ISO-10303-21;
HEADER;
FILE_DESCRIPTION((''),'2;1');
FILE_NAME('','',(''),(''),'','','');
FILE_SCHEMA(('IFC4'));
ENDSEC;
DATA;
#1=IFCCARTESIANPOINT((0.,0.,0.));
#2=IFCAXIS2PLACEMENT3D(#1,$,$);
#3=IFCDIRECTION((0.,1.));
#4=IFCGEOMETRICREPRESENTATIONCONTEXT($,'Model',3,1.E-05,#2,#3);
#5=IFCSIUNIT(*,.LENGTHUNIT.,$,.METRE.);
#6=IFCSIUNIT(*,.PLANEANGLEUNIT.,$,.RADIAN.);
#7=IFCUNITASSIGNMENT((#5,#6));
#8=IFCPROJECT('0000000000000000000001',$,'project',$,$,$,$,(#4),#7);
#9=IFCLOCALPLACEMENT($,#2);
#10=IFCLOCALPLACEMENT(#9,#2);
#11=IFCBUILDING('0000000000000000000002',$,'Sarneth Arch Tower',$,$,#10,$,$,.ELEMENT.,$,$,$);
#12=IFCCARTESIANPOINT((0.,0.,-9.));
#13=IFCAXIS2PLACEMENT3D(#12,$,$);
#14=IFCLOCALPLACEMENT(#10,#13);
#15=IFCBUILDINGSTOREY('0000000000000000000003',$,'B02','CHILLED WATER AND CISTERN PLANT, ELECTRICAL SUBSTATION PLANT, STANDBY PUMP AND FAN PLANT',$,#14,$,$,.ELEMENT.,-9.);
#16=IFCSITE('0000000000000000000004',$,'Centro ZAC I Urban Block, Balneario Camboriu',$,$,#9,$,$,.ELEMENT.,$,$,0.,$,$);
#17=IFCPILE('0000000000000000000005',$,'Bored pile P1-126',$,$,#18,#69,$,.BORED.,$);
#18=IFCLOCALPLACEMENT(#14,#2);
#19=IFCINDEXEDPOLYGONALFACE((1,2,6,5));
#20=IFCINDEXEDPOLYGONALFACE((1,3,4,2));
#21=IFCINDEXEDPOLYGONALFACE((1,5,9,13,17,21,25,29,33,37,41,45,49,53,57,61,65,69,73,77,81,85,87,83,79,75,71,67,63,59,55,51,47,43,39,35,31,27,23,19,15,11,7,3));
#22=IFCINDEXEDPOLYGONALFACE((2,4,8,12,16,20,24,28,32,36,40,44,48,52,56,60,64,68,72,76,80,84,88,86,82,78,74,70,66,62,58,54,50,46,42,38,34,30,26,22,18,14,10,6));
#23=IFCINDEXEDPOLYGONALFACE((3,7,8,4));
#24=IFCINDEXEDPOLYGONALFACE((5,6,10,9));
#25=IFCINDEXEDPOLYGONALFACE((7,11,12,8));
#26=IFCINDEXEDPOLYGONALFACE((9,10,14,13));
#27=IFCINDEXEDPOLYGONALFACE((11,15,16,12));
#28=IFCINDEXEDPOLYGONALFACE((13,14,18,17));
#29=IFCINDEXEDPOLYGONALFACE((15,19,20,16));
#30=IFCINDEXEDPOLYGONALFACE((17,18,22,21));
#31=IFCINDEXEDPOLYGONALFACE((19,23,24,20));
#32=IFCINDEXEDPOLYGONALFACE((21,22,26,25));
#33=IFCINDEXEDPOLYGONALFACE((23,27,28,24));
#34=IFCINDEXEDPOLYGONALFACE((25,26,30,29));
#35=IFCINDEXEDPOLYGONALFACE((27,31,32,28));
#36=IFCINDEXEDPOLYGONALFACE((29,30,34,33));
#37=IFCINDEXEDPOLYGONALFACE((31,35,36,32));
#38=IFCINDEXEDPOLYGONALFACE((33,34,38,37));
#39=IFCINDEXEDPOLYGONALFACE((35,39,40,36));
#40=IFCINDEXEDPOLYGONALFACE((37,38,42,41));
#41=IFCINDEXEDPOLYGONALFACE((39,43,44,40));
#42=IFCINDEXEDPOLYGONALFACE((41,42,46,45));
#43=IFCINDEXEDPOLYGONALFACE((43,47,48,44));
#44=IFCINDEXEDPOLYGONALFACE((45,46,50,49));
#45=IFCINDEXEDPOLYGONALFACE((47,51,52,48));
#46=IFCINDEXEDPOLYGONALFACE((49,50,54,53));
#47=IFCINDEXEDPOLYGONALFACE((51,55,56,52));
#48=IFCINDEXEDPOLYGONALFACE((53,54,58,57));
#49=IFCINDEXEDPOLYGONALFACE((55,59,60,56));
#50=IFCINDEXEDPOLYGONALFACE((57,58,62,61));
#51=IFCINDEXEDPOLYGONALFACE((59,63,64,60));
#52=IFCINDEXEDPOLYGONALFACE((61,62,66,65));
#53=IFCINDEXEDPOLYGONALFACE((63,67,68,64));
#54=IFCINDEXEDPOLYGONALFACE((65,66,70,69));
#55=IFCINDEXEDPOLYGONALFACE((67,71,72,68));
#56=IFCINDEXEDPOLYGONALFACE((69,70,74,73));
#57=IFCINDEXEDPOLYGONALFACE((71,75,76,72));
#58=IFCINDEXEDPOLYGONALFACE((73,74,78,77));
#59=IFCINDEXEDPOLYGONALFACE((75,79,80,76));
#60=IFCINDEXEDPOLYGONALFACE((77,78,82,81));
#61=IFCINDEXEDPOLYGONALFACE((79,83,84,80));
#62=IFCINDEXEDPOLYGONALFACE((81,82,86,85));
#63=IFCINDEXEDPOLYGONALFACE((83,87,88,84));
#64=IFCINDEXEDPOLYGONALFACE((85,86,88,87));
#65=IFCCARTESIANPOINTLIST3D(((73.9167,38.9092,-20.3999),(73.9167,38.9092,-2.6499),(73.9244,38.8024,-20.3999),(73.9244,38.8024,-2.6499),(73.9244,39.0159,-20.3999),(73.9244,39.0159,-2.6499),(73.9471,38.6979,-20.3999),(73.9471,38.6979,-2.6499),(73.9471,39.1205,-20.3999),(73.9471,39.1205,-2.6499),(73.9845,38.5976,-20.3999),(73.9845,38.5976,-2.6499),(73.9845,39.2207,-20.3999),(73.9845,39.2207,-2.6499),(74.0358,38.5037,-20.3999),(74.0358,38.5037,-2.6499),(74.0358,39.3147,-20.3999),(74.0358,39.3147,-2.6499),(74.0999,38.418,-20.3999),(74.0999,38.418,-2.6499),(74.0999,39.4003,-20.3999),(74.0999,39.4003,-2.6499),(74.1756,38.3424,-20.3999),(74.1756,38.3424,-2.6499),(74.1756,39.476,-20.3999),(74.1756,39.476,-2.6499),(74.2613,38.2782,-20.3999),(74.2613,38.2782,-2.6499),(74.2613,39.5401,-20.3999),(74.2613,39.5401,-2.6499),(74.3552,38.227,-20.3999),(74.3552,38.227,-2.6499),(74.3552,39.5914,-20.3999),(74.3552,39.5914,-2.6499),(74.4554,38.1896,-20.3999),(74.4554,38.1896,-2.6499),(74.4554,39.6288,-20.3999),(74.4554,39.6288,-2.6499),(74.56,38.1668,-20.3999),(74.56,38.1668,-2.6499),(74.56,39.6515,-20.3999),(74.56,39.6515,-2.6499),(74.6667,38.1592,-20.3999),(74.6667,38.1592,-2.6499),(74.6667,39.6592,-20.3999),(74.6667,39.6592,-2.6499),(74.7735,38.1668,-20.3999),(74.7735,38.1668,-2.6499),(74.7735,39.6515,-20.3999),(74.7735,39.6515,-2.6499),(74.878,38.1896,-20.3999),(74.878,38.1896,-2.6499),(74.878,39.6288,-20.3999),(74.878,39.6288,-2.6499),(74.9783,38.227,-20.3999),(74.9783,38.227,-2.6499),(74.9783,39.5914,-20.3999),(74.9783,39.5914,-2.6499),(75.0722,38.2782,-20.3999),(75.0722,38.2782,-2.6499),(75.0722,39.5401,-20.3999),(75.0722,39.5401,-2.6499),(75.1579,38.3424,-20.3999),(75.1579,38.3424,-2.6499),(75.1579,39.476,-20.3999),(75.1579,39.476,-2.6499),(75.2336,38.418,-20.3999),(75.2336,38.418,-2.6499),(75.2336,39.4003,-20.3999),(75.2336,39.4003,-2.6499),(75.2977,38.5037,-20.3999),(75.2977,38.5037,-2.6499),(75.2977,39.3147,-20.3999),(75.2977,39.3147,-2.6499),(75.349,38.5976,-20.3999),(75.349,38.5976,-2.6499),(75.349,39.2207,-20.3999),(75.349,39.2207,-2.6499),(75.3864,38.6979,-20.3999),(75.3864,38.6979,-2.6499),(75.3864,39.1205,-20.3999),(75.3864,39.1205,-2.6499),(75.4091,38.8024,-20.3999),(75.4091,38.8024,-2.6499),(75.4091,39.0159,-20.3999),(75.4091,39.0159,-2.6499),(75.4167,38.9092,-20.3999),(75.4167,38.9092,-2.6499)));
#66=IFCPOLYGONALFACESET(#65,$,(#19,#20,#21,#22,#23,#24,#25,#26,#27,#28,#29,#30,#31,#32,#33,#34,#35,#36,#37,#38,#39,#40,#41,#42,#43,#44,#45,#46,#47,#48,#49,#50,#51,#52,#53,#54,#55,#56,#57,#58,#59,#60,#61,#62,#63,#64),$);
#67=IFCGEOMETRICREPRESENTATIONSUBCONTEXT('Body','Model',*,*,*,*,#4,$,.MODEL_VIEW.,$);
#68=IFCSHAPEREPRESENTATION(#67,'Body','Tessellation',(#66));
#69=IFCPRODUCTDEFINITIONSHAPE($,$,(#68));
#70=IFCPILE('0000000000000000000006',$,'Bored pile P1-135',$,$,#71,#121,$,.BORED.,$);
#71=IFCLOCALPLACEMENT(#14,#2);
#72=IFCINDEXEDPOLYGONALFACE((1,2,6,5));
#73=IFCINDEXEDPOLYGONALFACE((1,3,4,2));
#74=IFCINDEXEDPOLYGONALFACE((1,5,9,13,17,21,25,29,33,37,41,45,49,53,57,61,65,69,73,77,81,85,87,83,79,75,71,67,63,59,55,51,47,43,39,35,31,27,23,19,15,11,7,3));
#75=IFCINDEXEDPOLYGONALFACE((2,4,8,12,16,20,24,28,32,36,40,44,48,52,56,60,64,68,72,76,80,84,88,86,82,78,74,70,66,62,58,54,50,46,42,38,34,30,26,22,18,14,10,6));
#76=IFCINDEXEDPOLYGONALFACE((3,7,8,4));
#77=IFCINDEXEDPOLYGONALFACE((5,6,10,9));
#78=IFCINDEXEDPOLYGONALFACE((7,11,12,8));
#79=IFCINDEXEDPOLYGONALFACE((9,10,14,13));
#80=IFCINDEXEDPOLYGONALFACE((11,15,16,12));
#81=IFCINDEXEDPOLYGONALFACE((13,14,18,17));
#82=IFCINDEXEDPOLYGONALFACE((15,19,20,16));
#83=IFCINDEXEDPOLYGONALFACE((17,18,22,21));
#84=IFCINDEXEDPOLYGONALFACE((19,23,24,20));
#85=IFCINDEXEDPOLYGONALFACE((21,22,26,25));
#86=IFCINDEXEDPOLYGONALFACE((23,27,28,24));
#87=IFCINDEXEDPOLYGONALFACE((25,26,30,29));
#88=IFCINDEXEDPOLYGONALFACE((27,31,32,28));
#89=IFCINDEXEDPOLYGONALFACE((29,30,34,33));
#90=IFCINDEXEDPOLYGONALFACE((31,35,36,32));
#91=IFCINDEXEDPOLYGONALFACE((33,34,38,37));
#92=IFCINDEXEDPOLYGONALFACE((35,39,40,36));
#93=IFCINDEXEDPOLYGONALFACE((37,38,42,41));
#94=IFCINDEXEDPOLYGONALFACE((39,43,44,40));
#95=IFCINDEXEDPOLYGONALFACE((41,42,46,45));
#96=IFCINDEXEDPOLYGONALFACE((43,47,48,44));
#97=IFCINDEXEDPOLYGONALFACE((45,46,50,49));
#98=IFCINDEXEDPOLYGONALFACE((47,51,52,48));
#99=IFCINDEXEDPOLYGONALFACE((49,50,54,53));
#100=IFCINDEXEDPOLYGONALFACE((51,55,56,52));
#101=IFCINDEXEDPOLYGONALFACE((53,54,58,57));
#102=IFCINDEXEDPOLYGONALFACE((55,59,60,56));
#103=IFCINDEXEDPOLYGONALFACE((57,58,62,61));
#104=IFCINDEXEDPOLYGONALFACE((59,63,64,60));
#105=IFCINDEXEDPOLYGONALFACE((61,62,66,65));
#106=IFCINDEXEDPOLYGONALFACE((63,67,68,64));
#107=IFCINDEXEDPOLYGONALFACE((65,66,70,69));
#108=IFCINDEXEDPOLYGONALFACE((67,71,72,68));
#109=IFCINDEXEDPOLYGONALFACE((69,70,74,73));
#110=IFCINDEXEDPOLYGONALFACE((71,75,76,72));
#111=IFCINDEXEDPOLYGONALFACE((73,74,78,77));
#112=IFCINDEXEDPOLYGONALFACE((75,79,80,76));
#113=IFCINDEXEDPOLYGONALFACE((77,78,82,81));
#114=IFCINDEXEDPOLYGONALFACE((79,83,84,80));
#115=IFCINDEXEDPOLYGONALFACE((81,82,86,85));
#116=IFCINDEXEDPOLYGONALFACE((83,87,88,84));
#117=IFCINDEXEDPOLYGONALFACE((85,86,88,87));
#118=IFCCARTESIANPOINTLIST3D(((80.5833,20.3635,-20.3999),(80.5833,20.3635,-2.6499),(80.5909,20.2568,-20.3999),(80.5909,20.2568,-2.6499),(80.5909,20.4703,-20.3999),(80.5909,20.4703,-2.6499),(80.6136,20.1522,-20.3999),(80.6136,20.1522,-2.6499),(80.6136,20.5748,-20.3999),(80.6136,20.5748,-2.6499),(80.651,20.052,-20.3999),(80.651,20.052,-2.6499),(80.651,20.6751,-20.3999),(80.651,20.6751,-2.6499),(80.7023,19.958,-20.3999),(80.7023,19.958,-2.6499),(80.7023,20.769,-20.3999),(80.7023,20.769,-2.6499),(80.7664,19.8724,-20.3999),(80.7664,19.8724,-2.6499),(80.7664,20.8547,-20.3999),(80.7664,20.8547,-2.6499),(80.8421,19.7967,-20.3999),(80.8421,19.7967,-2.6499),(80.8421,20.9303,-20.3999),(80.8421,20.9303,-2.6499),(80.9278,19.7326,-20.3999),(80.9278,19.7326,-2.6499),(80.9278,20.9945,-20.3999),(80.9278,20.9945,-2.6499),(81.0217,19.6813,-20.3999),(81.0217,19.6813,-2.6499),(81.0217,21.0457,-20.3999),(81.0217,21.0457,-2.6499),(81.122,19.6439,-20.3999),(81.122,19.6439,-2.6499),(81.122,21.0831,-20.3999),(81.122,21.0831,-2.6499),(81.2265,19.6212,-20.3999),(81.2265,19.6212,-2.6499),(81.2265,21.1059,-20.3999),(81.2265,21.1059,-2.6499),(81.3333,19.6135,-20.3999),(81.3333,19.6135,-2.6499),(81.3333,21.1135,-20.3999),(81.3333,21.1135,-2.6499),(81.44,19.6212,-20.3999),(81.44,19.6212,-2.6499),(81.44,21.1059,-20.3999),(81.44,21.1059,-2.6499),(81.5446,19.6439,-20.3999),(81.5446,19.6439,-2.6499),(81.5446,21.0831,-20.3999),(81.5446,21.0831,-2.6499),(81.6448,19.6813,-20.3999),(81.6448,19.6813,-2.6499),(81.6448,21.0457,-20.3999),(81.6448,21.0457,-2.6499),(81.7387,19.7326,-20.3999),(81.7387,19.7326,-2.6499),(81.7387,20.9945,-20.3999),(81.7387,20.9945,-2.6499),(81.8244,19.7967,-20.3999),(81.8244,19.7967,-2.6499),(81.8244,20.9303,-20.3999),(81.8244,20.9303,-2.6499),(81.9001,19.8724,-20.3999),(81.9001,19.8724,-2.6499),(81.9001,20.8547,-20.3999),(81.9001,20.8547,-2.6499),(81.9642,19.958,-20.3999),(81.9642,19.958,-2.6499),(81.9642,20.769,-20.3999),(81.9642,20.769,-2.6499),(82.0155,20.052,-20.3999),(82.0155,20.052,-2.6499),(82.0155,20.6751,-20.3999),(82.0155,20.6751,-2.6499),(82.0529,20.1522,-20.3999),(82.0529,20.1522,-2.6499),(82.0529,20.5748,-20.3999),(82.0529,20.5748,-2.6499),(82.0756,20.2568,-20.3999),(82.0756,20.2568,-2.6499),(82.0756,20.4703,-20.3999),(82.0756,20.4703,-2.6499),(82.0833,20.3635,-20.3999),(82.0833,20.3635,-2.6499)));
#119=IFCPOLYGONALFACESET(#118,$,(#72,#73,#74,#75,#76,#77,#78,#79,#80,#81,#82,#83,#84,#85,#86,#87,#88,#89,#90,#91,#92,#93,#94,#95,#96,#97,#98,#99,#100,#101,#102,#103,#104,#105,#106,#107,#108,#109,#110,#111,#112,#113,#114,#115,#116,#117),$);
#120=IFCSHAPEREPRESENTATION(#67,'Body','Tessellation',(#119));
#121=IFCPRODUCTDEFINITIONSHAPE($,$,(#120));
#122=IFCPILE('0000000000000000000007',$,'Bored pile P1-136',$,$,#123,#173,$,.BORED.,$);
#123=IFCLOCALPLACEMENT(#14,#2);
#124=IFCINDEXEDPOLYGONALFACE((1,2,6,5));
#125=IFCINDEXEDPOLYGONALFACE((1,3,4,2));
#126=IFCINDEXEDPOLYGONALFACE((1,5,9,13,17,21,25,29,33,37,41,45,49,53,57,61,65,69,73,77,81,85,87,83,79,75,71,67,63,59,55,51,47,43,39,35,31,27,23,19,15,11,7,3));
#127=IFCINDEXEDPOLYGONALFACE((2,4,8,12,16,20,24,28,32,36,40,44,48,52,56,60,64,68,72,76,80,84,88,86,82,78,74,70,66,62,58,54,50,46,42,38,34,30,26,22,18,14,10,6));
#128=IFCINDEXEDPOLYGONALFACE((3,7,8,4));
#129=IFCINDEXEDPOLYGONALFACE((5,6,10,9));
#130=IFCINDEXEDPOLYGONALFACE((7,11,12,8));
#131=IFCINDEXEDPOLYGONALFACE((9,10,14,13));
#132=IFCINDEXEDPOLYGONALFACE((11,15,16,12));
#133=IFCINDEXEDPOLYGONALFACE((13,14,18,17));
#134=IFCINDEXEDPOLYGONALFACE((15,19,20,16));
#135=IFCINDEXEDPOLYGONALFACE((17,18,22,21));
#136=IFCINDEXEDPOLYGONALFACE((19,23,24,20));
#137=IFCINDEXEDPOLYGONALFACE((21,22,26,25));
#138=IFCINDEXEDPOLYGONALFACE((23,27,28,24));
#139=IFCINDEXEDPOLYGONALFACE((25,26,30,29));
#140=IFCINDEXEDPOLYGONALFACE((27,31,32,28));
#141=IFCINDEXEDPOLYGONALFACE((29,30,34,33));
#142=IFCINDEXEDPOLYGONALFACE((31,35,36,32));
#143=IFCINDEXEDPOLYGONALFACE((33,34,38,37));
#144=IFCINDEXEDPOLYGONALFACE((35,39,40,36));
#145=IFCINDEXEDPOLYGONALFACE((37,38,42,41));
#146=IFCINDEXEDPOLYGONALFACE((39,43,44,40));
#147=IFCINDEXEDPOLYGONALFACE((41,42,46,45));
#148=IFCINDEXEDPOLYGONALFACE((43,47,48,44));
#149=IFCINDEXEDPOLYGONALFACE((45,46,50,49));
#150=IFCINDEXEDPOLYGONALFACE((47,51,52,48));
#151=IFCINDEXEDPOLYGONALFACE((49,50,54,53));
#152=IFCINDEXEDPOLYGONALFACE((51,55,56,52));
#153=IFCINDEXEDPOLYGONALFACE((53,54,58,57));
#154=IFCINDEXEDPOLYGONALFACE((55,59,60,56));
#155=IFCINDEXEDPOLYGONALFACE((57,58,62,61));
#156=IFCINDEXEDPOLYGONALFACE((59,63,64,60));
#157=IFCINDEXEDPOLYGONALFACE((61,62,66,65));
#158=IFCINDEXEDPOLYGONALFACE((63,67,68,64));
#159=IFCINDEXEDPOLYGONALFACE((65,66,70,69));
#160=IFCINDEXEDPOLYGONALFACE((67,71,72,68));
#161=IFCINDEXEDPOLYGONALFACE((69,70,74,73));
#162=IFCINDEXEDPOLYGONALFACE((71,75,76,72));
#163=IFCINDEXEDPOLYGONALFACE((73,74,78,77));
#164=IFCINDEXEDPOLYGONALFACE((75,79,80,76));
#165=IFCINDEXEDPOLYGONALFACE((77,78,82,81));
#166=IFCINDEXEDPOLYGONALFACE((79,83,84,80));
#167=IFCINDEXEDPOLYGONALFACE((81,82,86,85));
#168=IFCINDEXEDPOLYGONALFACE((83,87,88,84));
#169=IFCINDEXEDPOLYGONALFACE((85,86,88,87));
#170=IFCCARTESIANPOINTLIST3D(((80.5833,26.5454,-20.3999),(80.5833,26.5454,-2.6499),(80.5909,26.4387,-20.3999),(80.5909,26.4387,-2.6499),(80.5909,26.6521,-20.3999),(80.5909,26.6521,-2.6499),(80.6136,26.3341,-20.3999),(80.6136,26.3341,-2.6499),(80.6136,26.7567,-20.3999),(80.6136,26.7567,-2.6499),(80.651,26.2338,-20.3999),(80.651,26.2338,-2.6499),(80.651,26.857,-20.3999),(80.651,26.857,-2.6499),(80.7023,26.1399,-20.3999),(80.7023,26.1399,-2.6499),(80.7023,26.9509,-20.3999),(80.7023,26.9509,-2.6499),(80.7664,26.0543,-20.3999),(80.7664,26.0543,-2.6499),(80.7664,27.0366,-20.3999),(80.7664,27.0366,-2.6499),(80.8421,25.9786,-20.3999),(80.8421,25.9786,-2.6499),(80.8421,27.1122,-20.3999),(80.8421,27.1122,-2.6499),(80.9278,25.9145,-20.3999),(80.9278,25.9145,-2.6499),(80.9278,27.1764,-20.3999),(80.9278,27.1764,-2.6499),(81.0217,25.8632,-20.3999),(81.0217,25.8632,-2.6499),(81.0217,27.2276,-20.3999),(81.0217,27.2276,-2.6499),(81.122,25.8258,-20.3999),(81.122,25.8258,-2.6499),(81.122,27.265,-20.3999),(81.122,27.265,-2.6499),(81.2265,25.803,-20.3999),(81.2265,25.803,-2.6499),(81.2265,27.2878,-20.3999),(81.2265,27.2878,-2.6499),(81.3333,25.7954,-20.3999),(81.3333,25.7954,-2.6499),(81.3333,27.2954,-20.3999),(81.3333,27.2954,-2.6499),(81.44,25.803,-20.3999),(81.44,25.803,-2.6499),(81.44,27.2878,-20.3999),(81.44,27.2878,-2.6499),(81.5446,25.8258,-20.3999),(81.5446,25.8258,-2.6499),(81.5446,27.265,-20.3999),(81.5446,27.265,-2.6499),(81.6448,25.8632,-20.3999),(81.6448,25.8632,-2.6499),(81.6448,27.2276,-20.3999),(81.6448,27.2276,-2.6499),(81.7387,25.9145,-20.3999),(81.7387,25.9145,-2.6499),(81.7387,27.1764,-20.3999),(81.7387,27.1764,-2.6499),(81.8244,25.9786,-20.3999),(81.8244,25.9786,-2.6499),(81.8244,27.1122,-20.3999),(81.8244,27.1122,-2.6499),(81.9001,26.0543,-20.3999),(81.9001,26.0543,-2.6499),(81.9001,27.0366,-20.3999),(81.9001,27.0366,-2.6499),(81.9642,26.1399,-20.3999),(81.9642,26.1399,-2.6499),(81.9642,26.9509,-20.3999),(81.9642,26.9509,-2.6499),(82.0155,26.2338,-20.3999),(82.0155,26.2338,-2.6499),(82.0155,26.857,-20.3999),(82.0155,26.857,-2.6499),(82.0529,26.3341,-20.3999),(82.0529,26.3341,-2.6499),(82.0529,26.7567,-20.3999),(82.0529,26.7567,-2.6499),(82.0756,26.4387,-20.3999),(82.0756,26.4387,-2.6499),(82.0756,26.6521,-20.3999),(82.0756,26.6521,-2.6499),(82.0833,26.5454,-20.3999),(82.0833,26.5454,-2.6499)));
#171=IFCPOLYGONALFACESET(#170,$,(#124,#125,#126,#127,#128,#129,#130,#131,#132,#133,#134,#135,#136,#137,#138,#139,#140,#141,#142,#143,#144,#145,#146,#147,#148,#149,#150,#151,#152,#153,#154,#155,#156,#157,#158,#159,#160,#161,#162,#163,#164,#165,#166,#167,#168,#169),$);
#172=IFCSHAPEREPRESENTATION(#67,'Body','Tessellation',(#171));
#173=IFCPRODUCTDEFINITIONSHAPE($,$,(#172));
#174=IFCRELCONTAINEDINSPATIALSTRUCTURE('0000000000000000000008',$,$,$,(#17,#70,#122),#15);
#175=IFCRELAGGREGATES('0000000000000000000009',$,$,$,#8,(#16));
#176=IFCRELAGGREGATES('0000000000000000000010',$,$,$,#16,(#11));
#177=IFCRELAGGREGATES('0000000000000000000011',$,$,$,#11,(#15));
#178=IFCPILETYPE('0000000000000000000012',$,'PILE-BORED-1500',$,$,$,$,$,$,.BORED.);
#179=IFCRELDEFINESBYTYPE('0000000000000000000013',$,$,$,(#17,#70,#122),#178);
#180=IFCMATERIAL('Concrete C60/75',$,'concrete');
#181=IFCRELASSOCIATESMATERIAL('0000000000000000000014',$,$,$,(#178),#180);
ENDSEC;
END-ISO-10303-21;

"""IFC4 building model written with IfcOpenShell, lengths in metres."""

from ifc_helpers import new_model, si_unit, direction, frame, origin, origin_2d, place, context, subcontext, project, spatial, circle, extrude, material, material_profile, profile_set, type_object, element, save


model = new_model("IFC4")

# Units and contexts
model_context = context("Model", 3, precision=1e-05, world=origin(), true_north=direction((0.0, 1.0)))
body_context = subcontext(model_context, "Body", "Model", "MODEL_VIEW")
ifc_project = project(units=[si_unit("LENGTHUNIT", "METRE"), si_unit("PLANEANGLEUNIT", "RADIAN")], contexts=[model_context])

# Site, building, storey
site_placement = place(None, origin())
site = spatial("IfcSite", under=ifc_project, at=site_placement, Name="Centro ZAC I Urban Block, Balneario Camboriu", CompositionType="ELEMENT", RefElevation=0.0)
building_placement = place(site_placement, origin())
building = spatial("IfcBuilding", under=site, at=building_placement, Name="Sarneth Arch Tower", CompositionType="ELEMENT")
storey_placement = place(building_placement, frame((0.0, 0.0, -9.0)))
storey = spatial("IfcBuildingStorey", under=building, at=storey_placement, Name="B02", Description="CHILLED WATER AND CISTERN PLANT, ELECTRICAL SUBSTATION PLANT, STANDBY PUMP AND FAN PLANT", CompositionType="ELEMENT", Elevation=-9.0)

# Piles
ifc_material_1 = material(Name="Concrete C60/75", Category="concrete")
ifc_material_profile_1 = material_profile(ifc_material_1, circle(Radius=0.75, at=origin_2d()), Name="PILE-D1500")
ifc_profile_set_1 = profile_set([ifc_material_profile_1], Name="Concrete C60/75")
pile_type_1 = type_object("IfcPileType", Name="PILE-BORED-1500", PredefinedType="BORED", material=ifc_profile_set_1)
for number, where, z_axis, x_axis, name in (
    (1, (74.6667, 38.9092, -2.6499), (0.0, 0.0, -1.0), (1.0, 0.0, 0.0), "Bored pile P1-126"),
    (2, (81.3333, 20.3635, -2.6499), (0.0, 0.0, -1.0), (1.0, 0.0, 0.0), "Bored pile P1-135"),
    (3, (81.3333, 26.5454, -2.6499), (0.0, 0.0, -1.0), (1.0, 0.0, 0.0), "Bored pile P1-136"),
):
    element("IfcPile", number, at=place(storey_placement, frame(where, z_axis=z_axis, x_axis=x_axis)), inside=storey, type_object=pile_type_1, Name=name, PredefinedType="BORED", context=body_context, shape_type="SweptSolid", body=[
        extrude(circle(Radius=0.75, at=origin_2d()), origin(), (0.0, 0.0, 1.0), 17.75),
    ])

save(model, "model.ifc")
